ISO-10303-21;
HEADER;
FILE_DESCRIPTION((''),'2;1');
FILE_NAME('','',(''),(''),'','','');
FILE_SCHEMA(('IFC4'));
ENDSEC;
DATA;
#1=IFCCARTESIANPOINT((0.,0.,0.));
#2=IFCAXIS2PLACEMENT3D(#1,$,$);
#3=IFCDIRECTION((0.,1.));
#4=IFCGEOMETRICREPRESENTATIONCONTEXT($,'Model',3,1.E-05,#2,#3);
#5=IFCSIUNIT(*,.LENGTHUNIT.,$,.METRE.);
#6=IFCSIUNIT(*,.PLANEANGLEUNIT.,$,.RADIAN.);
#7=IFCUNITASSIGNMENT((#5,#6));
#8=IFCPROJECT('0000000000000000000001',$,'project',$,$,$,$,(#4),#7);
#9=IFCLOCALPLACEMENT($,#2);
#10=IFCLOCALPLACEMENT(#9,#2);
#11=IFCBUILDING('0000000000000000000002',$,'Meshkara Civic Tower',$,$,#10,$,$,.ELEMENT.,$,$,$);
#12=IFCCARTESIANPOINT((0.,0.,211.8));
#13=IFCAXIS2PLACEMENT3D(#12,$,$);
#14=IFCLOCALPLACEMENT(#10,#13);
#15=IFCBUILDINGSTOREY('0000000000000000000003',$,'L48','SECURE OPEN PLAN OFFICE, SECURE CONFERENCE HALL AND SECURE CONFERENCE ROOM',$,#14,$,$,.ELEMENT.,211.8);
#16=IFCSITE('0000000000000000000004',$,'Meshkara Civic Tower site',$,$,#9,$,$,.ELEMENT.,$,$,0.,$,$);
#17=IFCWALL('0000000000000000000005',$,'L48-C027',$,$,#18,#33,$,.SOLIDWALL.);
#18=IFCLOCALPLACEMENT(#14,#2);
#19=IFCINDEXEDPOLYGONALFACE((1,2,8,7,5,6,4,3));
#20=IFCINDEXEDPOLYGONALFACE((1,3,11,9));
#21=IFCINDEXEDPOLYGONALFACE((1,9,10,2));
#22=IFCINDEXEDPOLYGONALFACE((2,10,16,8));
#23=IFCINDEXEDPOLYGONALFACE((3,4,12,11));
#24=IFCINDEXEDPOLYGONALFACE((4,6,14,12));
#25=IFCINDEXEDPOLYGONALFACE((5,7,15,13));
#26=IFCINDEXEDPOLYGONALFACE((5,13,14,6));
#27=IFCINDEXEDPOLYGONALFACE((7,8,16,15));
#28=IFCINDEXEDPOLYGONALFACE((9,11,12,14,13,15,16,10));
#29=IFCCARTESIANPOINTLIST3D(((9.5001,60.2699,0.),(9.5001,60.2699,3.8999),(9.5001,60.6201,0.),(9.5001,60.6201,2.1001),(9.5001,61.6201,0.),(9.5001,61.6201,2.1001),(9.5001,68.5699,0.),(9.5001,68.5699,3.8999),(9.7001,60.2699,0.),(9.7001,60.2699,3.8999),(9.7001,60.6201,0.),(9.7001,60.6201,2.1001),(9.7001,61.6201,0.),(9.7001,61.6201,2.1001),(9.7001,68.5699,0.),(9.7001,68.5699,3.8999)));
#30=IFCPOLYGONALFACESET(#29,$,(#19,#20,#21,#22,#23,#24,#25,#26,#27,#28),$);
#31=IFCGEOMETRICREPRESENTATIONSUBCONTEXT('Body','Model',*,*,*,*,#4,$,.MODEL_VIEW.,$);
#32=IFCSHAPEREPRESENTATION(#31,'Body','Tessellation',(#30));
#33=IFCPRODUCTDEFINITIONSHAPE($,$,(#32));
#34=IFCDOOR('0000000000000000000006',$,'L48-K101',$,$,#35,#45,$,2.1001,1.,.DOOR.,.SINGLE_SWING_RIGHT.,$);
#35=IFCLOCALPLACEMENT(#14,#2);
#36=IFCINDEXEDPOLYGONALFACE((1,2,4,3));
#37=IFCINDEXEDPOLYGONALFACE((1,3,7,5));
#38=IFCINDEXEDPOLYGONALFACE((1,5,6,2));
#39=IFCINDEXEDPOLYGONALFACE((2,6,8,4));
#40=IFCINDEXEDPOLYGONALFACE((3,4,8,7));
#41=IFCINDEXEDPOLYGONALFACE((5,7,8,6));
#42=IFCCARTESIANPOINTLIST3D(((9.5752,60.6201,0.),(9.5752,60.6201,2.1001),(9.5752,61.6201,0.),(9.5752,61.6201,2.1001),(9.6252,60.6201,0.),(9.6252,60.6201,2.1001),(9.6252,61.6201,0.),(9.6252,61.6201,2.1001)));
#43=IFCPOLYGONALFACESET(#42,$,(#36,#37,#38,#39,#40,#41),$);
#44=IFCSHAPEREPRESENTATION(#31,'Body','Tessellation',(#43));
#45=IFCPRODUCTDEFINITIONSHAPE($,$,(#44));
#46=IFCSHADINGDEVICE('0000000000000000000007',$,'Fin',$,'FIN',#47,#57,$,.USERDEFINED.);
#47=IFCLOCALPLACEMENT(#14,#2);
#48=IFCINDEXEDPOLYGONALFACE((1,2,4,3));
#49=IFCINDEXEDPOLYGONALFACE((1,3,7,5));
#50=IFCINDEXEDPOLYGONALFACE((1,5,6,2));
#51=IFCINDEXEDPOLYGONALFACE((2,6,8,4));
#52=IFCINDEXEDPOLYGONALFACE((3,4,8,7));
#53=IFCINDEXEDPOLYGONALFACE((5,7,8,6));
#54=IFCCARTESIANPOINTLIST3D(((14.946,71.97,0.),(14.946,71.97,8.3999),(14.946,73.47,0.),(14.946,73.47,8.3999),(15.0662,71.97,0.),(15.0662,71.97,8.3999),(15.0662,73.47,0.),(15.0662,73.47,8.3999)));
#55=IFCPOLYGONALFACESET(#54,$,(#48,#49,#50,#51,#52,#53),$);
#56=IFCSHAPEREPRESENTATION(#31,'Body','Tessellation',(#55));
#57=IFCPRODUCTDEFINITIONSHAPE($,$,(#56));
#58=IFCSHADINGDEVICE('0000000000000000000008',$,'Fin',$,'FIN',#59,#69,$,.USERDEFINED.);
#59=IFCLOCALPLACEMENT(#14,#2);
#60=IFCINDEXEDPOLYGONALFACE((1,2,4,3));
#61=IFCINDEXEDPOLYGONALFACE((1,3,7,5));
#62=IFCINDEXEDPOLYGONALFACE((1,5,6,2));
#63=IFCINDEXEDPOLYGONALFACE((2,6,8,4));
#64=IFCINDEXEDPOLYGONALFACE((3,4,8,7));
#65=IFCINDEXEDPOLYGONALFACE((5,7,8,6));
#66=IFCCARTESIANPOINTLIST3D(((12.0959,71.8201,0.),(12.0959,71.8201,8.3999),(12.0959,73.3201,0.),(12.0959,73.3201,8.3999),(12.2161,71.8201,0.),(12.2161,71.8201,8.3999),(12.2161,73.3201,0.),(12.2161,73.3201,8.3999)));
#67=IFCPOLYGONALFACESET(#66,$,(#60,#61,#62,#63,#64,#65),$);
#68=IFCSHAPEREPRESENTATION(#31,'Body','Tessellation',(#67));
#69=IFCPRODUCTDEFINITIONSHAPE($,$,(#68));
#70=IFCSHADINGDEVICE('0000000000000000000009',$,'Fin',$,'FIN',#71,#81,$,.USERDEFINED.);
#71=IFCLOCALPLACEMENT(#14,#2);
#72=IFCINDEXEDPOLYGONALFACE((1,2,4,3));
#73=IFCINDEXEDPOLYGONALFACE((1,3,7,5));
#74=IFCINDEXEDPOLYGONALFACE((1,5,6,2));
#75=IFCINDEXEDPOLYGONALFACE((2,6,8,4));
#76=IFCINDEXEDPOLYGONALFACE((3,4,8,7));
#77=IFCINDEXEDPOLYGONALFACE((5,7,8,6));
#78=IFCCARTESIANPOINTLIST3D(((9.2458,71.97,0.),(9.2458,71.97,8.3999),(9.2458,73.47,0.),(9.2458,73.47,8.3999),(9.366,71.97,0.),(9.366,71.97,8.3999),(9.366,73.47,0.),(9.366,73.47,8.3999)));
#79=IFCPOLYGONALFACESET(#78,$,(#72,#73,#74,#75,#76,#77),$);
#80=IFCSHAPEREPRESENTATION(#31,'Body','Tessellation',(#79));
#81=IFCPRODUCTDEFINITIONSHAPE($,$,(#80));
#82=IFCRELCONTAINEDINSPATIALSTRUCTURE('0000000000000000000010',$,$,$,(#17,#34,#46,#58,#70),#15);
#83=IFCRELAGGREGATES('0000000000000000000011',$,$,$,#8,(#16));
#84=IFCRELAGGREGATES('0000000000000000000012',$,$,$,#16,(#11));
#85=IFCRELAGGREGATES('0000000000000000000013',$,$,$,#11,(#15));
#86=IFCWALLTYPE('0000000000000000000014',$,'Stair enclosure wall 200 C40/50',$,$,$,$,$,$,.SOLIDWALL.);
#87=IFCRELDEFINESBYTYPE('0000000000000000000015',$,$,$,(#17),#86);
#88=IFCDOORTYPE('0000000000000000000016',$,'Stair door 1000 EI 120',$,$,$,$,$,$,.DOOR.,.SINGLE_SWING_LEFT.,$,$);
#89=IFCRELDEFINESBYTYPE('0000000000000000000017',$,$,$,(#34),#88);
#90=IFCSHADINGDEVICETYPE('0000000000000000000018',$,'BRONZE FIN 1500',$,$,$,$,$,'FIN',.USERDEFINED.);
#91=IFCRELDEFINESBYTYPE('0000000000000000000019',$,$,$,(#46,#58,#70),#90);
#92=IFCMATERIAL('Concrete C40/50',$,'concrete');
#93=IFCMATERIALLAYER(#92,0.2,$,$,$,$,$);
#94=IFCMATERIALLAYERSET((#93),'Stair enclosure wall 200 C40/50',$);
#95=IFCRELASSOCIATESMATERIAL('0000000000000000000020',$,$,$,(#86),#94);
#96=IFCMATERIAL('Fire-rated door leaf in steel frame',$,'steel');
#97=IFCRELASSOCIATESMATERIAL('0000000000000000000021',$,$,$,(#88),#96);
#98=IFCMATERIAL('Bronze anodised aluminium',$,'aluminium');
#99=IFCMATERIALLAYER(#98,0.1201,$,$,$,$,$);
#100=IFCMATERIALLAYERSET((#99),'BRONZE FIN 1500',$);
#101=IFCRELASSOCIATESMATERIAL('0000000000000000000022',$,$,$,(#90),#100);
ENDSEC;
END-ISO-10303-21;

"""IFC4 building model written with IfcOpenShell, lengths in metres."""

from ifc_helpers import new_model, si_unit, direction, frame, frame_2d, origin, origin_2d, place, context, subcontext, project, spatial, rectangle, extrude, material, layer, layer_set, type_object, element, fill, save


model = new_model("IFC4")

# Units and contexts
model_context = context("Model", 3, precision=1e-05, world=origin(), true_north=direction((0.0, 1.0)))
body_context = subcontext(model_context, "Body", "Model", "MODEL_VIEW")
ifc_project = project(units=[si_unit("LENGTHUNIT", "METRE"), si_unit("PLANEANGLEUNIT", "RADIAN")], contexts=[model_context])

# Site, building, storey
site_placement = place(None, origin())
site = spatial("IfcSite", under=ifc_project, at=site_placement, Name="Meshkara Civic Tower site", CompositionType="ELEMENT", RefElevation=0.0)
building_placement = place(site_placement, origin())
building = spatial("IfcBuilding", under=site, at=building_placement, Name="Meshkara Civic Tower", CompositionType="ELEMENT")
storey_placement = place(building_placement, frame((0.0, 0.0, 211.8)))
storey = spatial("IfcBuildingStorey", under=building, at=storey_placement, Name="L48", Description="SECURE OPEN PLAN OFFICE, SECURE CONFERENCE HALL AND SECURE CONFERENCE ROOM", CompositionType="ELEMENT", Elevation=211.8)

# Wall, opening, door
ifc_material_1 = material(Name="Concrete C40/50", Category="concrete")
ifc_layer_1 = layer(ifc_material_1, 0.2)
ifc_layer_set_1 = layer_set([ifc_layer_1], Name="Stair enclosure wall 200 C40/50")
wall_type_1 = type_object("IfcWallType", Name="Stair enclosure wall 200 C40/50", PredefinedType="SOLIDWALL", material=ifc_layer_set_1)
wall_1_placement = place(storey_placement, frame((9.6001, 60.27, 0.0), z_axis=(0.0, 0.0, 1.0), x_axis=(0.0, 1.0, 0.0)))
wall_1 = element("IfcWall", 1, at=wall_1_placement, inside=storey, type_object=wall_type_1, Name="L48-C027", PredefinedType="SOLIDWALL", context=body_context, shape_type="SweptSolid", body=[
    extrude(rectangle(XDim=8.3, YDim=0.2, at=frame_2d((4.1499, 0.0))), origin(), (0.0, 0.0, 1.0), 3.8999),
])
opening_1_placement = place(wall_1_placement, frame((0.3501, 0.0, 0.0)))
opening_1 = element("IfcOpeningElement", 2, at=opening_1_placement, cuts=wall_1, PredefinedType="OPENING", context=body_context, shape_type="SweptSolid", body=[
    extrude(rectangle(XDim=1.0, YDim=2.1001, at=frame_2d((0.5, 1.05))), frame((0.0, 0.1099, 0.0), z_axis=(0.0, -1.0, 0.0), x_axis=(1.0, 0.0, 0.0)), (0.0, 0.0, 1.0), 0.22),
])
ifc_material_2 = material(Name="Fire-rated door leaf in steel frame", Category="steel")
door_type_1 = type_object("IfcDoorType", Name="Stair door 1000 EI 120", OperationType="SINGLE_SWING_LEFT", PredefinedType="DOOR", material=ifc_material_2)
door_1_placement = place(opening_1_placement, origin())
door_1 = element("IfcDoor", 3, at=door_1_placement, inside=storey, type_object=door_type_1, Name="L48-K101", OperationType="SINGLE_SWING_RIGHT", OverallHeight=2.1001, OverallWidth=1.0, PredefinedType="DOOR", context=body_context, shape_type="SweptSolid", body=[
    extrude(rectangle(XDim=1.0, YDim=2.1001, at=frame_2d((0.5, 1.05))), frame((0.0, 0.0249, 0.0), z_axis=(0.0, -1.0, 0.0), x_axis=(1.0, 0.0, 0.0)), (0.0, 0.0, 1.0), 0.05),
])
fill(opening_1, door_1)

# Shading devices
ifc_material_3 = material(Name="Bronze anodised aluminium", Category="aluminium")
ifc_layer_2 = layer(ifc_material_3, 0.1201)
ifc_layer_set_2 = layer_set([ifc_layer_2], Name="BRONZE FIN 1500")
shading_device_type = type_object("IfcShadingDeviceType", Name="BRONZE FIN 1500", ElementType="FIN", PredefinedType="USERDEFINED", material=ifc_layer_set_2)
for number, where, z_axis, x_axis, name in (
    (4, (15.0061, 72.72, 0.0), (0.0, 0.0, 1.0), (-1.0, 0.0, 0.0), "Fin"),
    (5, (12.156, 72.5701, 0.0), (0.0, 0.0, 1.0), (-1.0, 0.0, 0.0), "Fin"),
    (6, (9.3059, 72.72, 0.0), (0.0, 0.0, 1.0), (-1.0, 0.0, 0.0), "Fin"),
):
    element("IfcShadingDevice", number, at=place(storey_placement, frame(where, z_axis=z_axis, x_axis=x_axis)), inside=storey, type_object=shading_device_type, Name=name, ObjectType="FIN", PredefinedType="USERDEFINED", context=body_context, shape_type="SweptSolid", body=[
        extrude(rectangle(XDim=0.1201, YDim=1.5, at=origin_2d()), origin(), (0.0, 0.0, 1.0), 8.3999),
    ])

save(model, "model.ifc")
